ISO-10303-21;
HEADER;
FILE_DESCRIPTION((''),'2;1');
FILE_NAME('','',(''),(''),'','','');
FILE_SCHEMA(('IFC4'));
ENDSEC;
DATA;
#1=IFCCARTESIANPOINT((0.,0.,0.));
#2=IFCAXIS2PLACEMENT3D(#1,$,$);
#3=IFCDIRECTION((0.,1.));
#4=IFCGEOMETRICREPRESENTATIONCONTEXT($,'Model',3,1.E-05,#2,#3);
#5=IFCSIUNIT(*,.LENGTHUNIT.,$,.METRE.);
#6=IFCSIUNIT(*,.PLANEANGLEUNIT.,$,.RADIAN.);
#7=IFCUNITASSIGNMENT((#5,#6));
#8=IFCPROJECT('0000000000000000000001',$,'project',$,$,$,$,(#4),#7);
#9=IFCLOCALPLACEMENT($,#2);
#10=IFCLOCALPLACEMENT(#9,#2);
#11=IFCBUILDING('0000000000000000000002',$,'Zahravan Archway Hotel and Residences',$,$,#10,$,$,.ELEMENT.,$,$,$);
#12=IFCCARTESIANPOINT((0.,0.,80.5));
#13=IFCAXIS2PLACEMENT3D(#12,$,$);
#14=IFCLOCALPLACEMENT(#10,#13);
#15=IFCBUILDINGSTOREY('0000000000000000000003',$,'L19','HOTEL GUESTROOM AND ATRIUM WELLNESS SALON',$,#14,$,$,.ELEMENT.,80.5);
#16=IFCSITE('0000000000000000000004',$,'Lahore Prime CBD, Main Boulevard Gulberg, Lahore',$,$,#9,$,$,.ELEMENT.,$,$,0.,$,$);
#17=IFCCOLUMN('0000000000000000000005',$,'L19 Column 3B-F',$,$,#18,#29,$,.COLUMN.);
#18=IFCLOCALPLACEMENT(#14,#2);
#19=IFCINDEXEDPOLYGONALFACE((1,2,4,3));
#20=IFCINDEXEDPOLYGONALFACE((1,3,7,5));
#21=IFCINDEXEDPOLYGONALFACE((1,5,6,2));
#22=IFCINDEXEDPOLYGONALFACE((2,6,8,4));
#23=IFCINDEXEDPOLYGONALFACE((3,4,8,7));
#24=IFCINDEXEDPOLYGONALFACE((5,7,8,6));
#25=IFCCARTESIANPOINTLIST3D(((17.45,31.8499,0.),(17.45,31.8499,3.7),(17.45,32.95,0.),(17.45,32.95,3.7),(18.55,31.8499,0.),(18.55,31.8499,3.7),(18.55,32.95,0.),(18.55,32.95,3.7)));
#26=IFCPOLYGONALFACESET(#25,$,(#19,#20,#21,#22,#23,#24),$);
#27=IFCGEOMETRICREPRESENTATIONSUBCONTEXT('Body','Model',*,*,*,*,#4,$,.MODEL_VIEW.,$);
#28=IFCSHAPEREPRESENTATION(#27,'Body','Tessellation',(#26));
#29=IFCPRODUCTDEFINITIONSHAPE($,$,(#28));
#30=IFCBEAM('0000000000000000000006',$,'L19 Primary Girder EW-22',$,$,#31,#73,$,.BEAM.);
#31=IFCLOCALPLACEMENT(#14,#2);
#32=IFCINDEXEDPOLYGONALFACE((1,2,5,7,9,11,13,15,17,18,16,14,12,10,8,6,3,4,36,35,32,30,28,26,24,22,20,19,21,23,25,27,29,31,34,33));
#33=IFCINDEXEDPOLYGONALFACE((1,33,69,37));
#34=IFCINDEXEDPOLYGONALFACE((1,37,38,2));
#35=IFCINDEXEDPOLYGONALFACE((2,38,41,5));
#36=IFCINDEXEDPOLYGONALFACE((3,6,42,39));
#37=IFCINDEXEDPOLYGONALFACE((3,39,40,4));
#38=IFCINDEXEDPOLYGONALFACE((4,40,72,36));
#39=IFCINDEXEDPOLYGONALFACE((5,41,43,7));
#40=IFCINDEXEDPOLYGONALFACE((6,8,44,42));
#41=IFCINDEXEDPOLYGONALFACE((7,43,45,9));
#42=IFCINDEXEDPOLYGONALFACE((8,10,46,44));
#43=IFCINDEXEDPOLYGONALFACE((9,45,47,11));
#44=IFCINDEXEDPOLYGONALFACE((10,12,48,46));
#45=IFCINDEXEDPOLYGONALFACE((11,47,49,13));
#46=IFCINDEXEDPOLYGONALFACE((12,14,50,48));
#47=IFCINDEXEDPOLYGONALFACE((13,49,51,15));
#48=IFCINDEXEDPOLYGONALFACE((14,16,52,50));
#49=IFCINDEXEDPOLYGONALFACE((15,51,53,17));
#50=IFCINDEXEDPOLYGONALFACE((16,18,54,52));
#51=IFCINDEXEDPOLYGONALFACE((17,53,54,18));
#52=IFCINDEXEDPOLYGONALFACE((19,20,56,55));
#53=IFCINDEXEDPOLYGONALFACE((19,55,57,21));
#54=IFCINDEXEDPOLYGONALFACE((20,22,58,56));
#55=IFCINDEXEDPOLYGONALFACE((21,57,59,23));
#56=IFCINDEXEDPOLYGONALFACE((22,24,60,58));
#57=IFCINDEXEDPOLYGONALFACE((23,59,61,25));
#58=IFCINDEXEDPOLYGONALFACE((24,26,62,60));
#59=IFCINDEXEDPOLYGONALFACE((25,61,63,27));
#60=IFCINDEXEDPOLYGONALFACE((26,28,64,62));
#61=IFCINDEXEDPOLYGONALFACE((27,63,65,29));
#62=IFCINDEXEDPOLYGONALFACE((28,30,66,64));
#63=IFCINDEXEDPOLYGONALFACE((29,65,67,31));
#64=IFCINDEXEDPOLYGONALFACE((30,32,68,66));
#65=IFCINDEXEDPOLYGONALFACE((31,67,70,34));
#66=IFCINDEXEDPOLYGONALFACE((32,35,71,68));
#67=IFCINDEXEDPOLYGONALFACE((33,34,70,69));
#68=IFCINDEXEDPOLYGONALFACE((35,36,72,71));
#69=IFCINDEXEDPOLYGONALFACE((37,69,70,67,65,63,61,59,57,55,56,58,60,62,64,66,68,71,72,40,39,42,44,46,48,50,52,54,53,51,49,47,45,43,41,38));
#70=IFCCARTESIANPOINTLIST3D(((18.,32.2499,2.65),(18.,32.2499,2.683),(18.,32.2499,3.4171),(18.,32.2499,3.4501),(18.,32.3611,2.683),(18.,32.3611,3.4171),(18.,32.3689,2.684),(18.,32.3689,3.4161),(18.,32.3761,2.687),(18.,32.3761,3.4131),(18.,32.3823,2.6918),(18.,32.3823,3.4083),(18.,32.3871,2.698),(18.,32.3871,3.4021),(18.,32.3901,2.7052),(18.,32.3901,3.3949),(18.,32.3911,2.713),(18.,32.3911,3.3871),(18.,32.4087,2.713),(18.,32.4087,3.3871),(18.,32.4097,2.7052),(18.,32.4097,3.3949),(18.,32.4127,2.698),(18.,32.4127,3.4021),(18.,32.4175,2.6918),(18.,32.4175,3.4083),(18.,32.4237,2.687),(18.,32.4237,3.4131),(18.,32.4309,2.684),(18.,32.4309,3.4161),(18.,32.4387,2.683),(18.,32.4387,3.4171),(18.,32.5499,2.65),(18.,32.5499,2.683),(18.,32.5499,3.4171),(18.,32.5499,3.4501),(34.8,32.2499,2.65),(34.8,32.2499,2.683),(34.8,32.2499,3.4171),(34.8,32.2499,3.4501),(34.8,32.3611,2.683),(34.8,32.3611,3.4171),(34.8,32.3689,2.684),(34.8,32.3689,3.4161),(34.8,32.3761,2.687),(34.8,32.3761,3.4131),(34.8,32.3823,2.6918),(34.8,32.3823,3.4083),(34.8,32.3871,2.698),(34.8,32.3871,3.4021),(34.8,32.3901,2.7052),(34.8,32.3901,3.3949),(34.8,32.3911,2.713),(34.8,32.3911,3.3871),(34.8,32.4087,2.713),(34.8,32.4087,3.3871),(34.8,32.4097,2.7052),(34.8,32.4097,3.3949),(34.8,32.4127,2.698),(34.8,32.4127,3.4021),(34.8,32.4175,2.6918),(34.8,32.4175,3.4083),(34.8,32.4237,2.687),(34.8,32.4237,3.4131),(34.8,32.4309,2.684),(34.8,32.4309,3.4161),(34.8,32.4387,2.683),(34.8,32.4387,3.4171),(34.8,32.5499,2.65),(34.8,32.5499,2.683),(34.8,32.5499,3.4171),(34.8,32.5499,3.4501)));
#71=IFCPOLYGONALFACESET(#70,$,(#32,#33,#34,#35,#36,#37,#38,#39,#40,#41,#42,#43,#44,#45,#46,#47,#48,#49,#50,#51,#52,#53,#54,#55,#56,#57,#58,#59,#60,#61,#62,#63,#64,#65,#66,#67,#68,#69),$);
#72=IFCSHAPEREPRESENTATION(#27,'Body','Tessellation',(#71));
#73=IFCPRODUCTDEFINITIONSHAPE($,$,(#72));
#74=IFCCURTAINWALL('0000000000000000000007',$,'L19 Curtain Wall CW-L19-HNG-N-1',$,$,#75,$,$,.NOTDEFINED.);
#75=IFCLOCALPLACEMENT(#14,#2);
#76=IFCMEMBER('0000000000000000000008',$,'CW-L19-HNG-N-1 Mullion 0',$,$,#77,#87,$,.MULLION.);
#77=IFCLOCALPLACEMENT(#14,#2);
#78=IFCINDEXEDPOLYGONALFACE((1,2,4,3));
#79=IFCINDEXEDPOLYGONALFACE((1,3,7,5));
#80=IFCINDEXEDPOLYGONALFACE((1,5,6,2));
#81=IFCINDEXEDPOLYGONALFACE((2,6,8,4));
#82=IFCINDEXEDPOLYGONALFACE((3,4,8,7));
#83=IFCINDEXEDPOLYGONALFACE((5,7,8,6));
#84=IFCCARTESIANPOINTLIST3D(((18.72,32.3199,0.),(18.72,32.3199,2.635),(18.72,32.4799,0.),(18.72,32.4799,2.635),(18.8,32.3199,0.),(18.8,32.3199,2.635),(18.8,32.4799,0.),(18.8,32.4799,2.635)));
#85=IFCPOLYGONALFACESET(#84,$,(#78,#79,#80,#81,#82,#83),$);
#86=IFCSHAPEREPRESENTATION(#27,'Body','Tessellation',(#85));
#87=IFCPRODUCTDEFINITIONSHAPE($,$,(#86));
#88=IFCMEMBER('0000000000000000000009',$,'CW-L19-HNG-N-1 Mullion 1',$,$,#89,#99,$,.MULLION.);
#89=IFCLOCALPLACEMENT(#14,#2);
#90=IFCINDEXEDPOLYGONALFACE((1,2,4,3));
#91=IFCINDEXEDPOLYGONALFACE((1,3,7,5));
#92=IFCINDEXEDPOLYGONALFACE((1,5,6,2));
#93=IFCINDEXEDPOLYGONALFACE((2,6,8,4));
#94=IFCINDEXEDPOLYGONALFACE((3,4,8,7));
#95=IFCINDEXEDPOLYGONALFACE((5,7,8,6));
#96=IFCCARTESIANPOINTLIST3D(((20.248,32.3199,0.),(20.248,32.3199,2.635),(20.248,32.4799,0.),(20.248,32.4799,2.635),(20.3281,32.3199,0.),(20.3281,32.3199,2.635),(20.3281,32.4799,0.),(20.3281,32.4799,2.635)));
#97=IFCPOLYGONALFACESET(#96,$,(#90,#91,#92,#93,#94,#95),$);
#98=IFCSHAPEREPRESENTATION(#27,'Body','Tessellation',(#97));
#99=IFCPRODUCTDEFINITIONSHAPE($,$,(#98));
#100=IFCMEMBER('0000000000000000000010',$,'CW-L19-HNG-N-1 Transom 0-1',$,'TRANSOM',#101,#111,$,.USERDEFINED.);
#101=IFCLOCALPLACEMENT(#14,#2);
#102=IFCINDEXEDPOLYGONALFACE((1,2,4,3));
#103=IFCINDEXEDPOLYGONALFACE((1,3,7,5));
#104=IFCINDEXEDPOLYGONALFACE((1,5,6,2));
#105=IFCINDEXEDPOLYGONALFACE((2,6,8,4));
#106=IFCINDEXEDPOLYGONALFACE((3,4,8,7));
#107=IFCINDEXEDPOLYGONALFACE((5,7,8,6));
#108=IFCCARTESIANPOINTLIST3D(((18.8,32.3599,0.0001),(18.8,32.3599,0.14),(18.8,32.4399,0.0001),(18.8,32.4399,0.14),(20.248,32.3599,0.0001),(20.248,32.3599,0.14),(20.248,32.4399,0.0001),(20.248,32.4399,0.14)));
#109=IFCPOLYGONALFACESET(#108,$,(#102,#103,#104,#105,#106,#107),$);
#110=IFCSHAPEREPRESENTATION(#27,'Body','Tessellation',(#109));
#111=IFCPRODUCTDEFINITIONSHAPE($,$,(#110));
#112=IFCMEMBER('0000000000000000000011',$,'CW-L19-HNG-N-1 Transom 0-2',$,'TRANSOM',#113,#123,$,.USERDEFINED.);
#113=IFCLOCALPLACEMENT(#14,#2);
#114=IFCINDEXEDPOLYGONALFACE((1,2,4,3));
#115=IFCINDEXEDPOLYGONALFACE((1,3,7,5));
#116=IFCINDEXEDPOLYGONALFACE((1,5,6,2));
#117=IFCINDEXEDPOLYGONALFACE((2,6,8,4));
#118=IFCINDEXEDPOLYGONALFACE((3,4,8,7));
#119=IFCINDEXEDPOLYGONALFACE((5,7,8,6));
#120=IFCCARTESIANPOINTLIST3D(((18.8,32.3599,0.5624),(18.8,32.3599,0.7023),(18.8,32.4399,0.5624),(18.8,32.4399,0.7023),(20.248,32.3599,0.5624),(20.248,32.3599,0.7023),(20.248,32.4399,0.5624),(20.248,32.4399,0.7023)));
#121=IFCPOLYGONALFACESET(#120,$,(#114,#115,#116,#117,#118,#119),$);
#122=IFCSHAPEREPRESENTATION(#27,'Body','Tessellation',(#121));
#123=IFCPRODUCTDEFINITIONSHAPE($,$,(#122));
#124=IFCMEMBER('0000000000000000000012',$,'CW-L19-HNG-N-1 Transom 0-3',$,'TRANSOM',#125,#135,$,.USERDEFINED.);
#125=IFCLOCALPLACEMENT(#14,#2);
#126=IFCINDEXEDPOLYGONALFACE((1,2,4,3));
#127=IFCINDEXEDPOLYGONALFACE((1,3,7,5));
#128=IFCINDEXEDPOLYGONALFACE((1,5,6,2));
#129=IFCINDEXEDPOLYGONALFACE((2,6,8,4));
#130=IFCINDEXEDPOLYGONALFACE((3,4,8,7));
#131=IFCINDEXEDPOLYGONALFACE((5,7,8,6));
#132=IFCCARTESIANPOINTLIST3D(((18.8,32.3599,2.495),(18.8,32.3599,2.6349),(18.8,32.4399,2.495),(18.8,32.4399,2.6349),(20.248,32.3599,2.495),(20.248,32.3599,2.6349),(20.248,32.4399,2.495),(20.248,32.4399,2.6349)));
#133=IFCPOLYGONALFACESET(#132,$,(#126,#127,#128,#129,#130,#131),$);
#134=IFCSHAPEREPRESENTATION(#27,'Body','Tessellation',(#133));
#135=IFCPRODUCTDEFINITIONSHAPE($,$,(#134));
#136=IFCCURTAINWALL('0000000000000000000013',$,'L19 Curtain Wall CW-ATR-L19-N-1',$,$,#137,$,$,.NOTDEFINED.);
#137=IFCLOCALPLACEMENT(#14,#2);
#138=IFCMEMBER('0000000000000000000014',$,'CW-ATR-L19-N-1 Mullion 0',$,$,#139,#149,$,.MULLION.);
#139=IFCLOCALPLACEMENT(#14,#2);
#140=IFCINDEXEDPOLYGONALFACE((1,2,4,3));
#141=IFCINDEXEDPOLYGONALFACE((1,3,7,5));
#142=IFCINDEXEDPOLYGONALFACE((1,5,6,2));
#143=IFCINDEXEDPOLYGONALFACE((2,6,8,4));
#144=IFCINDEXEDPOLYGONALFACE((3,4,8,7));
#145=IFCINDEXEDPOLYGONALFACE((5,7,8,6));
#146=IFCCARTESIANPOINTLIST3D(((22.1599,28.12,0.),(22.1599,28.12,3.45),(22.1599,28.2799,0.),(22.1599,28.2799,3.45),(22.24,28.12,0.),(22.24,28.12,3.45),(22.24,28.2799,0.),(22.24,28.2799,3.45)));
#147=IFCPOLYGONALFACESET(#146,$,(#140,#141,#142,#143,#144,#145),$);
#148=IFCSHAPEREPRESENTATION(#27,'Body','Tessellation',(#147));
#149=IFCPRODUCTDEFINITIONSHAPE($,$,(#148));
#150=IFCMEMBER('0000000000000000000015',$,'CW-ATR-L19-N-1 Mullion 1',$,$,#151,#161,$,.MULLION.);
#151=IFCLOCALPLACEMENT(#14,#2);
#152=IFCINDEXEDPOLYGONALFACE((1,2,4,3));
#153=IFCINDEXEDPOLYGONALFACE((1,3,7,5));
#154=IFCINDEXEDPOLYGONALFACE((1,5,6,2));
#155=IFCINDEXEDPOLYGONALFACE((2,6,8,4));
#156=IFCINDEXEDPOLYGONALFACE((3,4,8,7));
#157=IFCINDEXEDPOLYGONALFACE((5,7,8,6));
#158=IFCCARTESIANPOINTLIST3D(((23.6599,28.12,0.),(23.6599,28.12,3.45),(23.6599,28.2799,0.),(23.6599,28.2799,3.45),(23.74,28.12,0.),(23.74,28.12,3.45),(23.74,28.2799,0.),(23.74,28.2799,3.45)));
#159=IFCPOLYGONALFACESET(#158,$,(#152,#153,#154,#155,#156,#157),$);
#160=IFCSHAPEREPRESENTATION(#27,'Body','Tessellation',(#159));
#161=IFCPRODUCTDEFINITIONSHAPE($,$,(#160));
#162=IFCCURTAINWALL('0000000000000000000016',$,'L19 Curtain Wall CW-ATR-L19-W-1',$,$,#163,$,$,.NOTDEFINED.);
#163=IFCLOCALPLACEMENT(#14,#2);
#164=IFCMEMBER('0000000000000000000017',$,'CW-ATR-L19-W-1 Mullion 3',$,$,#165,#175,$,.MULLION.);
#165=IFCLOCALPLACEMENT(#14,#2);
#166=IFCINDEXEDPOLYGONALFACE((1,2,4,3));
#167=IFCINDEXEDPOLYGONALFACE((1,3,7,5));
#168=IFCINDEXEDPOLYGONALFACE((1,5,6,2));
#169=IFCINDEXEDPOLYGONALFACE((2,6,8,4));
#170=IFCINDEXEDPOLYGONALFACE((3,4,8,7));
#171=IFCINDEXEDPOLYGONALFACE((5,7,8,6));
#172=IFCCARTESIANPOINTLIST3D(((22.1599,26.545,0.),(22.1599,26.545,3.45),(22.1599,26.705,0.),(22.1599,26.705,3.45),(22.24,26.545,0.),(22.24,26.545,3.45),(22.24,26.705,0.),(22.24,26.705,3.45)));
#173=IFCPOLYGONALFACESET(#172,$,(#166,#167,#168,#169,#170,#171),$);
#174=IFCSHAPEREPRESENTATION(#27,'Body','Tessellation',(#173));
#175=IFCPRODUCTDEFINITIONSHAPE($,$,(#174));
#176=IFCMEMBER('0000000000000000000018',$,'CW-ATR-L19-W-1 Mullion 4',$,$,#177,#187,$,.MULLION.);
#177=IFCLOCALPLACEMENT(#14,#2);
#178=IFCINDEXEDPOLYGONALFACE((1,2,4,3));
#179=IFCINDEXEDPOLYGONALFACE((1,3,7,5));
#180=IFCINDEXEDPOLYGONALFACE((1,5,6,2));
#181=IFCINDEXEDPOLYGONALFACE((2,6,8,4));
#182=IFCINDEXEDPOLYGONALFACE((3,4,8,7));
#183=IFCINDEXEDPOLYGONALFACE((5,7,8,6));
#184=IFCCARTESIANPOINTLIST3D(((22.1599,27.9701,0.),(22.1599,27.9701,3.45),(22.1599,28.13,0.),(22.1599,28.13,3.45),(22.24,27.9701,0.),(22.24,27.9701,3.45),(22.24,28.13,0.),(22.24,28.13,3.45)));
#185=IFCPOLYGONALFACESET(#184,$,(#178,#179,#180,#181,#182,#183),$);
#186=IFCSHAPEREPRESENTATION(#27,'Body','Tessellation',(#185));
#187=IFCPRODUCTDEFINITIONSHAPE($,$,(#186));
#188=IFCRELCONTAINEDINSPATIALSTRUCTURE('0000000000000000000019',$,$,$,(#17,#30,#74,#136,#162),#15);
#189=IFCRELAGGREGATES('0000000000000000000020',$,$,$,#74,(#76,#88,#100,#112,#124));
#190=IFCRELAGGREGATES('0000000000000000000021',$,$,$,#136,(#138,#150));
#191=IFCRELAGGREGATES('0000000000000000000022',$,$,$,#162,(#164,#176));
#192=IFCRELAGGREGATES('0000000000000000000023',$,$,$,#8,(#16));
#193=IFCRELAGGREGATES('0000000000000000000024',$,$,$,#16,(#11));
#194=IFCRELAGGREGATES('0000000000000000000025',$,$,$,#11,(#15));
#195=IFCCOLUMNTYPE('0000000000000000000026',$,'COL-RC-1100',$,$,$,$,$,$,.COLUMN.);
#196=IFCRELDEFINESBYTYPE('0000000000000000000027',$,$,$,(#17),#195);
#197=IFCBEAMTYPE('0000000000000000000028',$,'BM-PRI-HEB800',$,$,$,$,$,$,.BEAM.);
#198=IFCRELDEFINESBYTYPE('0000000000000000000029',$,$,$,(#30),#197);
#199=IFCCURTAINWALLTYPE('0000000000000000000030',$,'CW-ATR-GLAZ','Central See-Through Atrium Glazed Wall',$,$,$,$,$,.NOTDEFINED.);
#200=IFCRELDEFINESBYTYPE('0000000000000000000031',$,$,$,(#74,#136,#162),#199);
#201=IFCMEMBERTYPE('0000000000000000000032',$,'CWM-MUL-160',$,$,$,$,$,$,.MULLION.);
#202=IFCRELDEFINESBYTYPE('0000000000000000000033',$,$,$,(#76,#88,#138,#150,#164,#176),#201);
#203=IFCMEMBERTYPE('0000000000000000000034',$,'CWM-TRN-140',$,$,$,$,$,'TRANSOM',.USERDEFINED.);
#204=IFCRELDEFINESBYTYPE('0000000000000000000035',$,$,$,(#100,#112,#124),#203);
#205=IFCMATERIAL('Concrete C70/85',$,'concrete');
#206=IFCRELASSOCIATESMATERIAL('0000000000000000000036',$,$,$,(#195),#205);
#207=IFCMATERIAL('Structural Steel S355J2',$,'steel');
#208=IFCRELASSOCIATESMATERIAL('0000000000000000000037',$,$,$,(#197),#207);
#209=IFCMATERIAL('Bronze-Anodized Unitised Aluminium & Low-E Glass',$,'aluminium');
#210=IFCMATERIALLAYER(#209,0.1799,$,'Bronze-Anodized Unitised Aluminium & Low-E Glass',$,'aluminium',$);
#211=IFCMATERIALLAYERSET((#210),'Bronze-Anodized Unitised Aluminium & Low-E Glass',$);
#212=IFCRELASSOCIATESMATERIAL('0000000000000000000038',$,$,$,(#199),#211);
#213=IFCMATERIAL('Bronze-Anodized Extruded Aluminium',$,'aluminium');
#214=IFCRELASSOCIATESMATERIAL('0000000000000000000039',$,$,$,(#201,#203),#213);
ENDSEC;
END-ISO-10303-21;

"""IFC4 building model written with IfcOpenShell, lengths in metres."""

from ifc_helpers import new_model, si_unit, direction, frame, origin, origin_2d, place, context, subcontext, project, spatial, rectangle, i_section, extrude, source, transform, mapped, material, layer, layer_set, material_profile, profile_set, type_object, type_shapes, element, aggregate, save


model = new_model("IFC4")

# Units and contexts
model_context = context("Model", 3, precision=1e-05, world=origin(), true_north=direction((0.0, 1.0)))
body_context = subcontext(model_context, "Body", "Model", "MODEL_VIEW")
ifc_project = project(units=[si_unit("LENGTHUNIT", "METRE"), si_unit("PLANEANGLEUNIT", "RADIAN")], contexts=[model_context])

# Site, building, storey
site_placement = place(None, origin())
site = spatial("IfcSite", under=ifc_project, at=site_placement, Name="Lahore Prime CBD, Main Boulevard Gulberg, Lahore", CompositionType="ELEMENT", RefElevation=0.0)
building_placement = place(site_placement, origin())
building = spatial("IfcBuilding", under=site, at=building_placement, Name="Zahravan Archway Hotel and Residences", CompositionType="ELEMENT")
storey_placement = place(building_placement, frame((0.0, 0.0, 80.5)))
storey = spatial("IfcBuildingStorey", under=building, at=storey_placement, Name="L19", Description="HOTEL GUESTROOM AND ATRIUM WELLNESS SALON", CompositionType="ELEMENT", Elevation=80.5)

# Column
ifc_material_1 = material(Name="Concrete C70/85", Category="concrete")
ifc_material_profile_1 = material_profile(ifc_material_1, rectangle(XDim=1.1001, YDim=1.1001, at=origin_2d()), Name="RC 1100x1100", Category="concrete")
ifc_profile_set_1 = profile_set([ifc_material_profile_1], Name="Concrete C70/85")
column_type = type_object("IfcColumnType", Name="COL-RC-1100", PredefinedType="COLUMN", material=ifc_profile_set_1)
shared_shape_1 = source(origin(), body_context, "Body", "SweptSolid", [
    extrude(rectangle(XDim=1.1001, YDim=1.1001, at=origin_2d()), origin(), (0.0, 0.0, 1.0), 3.7),
])
column_placement = place(storey_placement, frame((18.0, 32.3999, 0.0), z_axis=(0.0, 0.0, 1.0), x_axis=(1.0, 0.0, 0.0)))
element("IfcColumn", 1, at=column_placement, inside=storey, type_object=column_type, Name="L19 Column 3B-F", PredefinedType="COLUMN", context=body_context, shape_type="MappedRepresentation", body=[
    mapped(shared_shape_1, transform((0.0, 0.0, 0.0), scale=1.0)),
])

# Beam
ifc_material_2 = material(Name="Structural Steel S355J2", Category="steel")
ifc_material_profile_2 = material_profile(ifc_material_2, i_section(OverallWidth=0.3, OverallDepth=0.8, WebThickness=0.0176, FlangeThickness=0.033, FilletRadius=0.03, at=origin_2d()), Name="HEB 800", Category="steel")
ifc_profile_set_2 = profile_set([ifc_material_profile_2], Name="Structural Steel S355J2")
beam_type = type_object("IfcBeamType", Name="BM-PRI-HEB800", PredefinedType="BEAM", material=ifc_profile_set_2)
shared_shape_2 = source(origin(), body_context, "Body", "SweptSolid", [
    extrude(i_section(OverallWidth=0.3, OverallDepth=0.8, WebThickness=0.0176, FlangeThickness=0.033, FilletRadius=0.03, at=origin_2d()), origin(), (0.0, 0.0, 1.0), 16.8),
])
type_shapes(beam_type, [shared_shape_2])
beam_placement = place(storey_placement, frame((18.0, 32.3999, 3.05), z_axis=(1.0, 0.0, 0.0), x_axis=(0.0, 1.0, 0.0)))
element("IfcBeam", 2, at=beam_placement, inside=storey, type_object=beam_type, Name="L19 Primary Girder EW-22", PredefinedType="BEAM", context=body_context, shape_type="MappedRepresentation", body=[
    mapped(shared_shape_2, transform((0.0, 0.0, 0.0), scale=1.0)),
])

# Curtain walls, members
ifc_material_3 = material(Name="Bronze-Anodized Unitised Aluminium & Low-E Glass", Category="aluminium")
ifc_layer_1 = layer(ifc_material_3, 0.1799, Name="Bronze-Anodized Unitised Aluminium & Low-E Glass", Category="aluminium")
ifc_layer_set_1 = layer_set([ifc_layer_1], Name="Bronze-Anodized Unitised Aluminium & Low-E Glass")
curtain_wall_type = type_object("IfcCurtainWallType", Name="CW-ATR-GLAZ", Description="Central See-Through Atrium Glazed Wall", PredefinedType="NOTDEFINED", material=ifc_layer_set_1)
curtain_wall_1_placement = place(storey_placement, origin())
curtain_wall_1 = element("IfcCurtainWall", 3, at=curtain_wall_1_placement, inside=storey, type_object=curtain_wall_type, Name="L19 Curtain Wall CW-L19-HNG-N-1", PredefinedType="NOTDEFINED")
ifc_material_4 = material(Name="Bronze-Anodized Extruded Aluminium", Category="aluminium")
ifc_material_profile_3 = material_profile(ifc_material_4, rectangle(XDim=0.0801, YDim=0.1599, at=origin_2d()), Name="MUL 80x160", Category="aluminium")
ifc_profile_set_3 = profile_set([ifc_material_profile_3], Name="Bronze-Anodized Extruded Aluminium")
member_type_1 = type_object("IfcMemberType", Name="CWM-MUL-160", PredefinedType="MULLION", material=ifc_profile_set_3)
shared_shape_3 = source(origin(), body_context, "Body", "SweptSolid", [
    extrude(rectangle(XDim=0.0801, YDim=0.1599, at=origin_2d()), origin(), (0.0, 0.0, 1.0), 2.635),
])
member_1_placement = place(storey_placement, frame((18.76, 32.3999, 0.0), z_axis=(0.0, 0.0, 1.0), x_axis=(1.0, 0.0, 0.0)))
member_1 = element("IfcMember", 4, at=member_1_placement, type_object=member_type_1, Name="CW-L19-HNG-N-1 Mullion 0", PredefinedType="MULLION", context=body_context, shape_type="MappedRepresentation", body=[
    mapped(shared_shape_3, transform((0.0, 0.0, 0.0), scale=1.0)),
])
member_2_placement = place(storey_placement, frame((20.2881, 32.3999, 0.0), z_axis=(0.0, 0.0, 1.0), x_axis=(1.0, 0.0, 0.0)))
member_2 = element("IfcMember", 5, at=member_2_placement, type_object=member_type_1, Name="CW-L19-HNG-N-1 Mullion 1", PredefinedType="MULLION", context=body_context, shape_type="MappedRepresentation", body=[
    mapped(shared_shape_3, transform((0.0, 0.0, 0.0), scale=1.0)),
])
ifc_material_profile_4 = material_profile(ifc_material_4, rectangle(XDim=0.0801, YDim=0.1399, at=origin_2d()), Name="TRN 80x140", Category="aluminium")
ifc_profile_set_4 = profile_set([ifc_material_profile_4], Name="Bronze-Anodized Extruded Aluminium")
member_type_2 = type_object("IfcMemberType", Name="CWM-TRN-140", ElementType="TRANSOM", PredefinedType="USERDEFINED", material=ifc_profile_set_4)
shared_shape_4 = source(origin(), body_context, "Body", "SweptSolid", [
    extrude(rectangle(XDim=0.0801, YDim=0.1399, at=origin_2d()), origin(), (0.0, 0.0, 1.0), 1.448),
])
member_3_placement = place(storey_placement, frame((18.8, 32.3999, 0.0701), z_axis=(1.0, 0.0, 0.0), x_axis=(0.0, 1.0, 0.0)))
member_3 = element("IfcMember", 6, at=member_3_placement, type_object=member_type_2, Name="CW-L19-HNG-N-1 Transom 0-1", ObjectType="TRANSOM", PredefinedType="USERDEFINED", context=body_context, shape_type="MappedRepresentation", body=[
    mapped(shared_shape_4, transform((0.0, 0.0, 0.0), scale=1.0)),
])
member_4_placement = place(storey_placement, frame((18.8, 32.3999, 0.6323), z_axis=(1.0, 0.0, 0.0), x_axis=(0.0, 1.0, 0.0)))
member_4 = element("IfcMember", 7, at=member_4_placement, type_object=member_type_2, Name="CW-L19-HNG-N-1 Transom 0-2", ObjectType="TRANSOM", PredefinedType="USERDEFINED", context=body_context, shape_type="MappedRepresentation", body=[
    mapped(shared_shape_4, transform((0.0, 0.0, 0.0), scale=1.0)),
])
member_5_placement = place(storey_placement, frame((18.8, 32.3999, 2.5649), z_axis=(1.0, 0.0, 0.0), x_axis=(0.0, 1.0, 0.0)))
member_5 = element("IfcMember", 8, at=member_5_placement, type_object=member_type_2, Name="CW-L19-HNG-N-1 Transom 0-3", ObjectType="TRANSOM", PredefinedType="USERDEFINED", context=body_context, shape_type="MappedRepresentation", body=[
    mapped(shared_shape_4, transform((0.0, 0.0, 0.0), scale=1.0)),
])
curtain_wall_2_placement = place(storey_placement, origin())
curtain_wall_2 = element("IfcCurtainWall", 9, at=curtain_wall_2_placement, inside=storey, type_object=curtain_wall_type, Name="L19 Curtain Wall CW-ATR-L19-N-1", PredefinedType="NOTDEFINED")
shared_shape_5 = source(origin(), body_context, "Body", "SweptSolid", [
    extrude(rectangle(XDim=0.0801, YDim=0.1599, at=origin_2d()), origin(), (0.0, 0.0, 1.0), 3.45),
])
member_6_placement = place(storey_placement, frame((22.2, 28.2, 0.0), z_axis=(0.0, 0.0, 1.0), x_axis=(1.0, 0.0, 0.0)))
member_6 = element("IfcMember", 10, at=member_6_placement, type_object=member_type_1, Name="CW-ATR-L19-N-1 Mullion 0", PredefinedType="MULLION", context=body_context, shape_type="MappedRepresentation", body=[
    mapped(shared_shape_5, transform((0.0, 0.0, 0.0), scale=1.0)),
])
member_7_placement = place(storey_placement, frame((23.7, 28.2, 0.0), z_axis=(0.0, 0.0, 1.0), x_axis=(1.0, 0.0, 0.0)))
member_7 = element("IfcMember", 11, at=member_7_placement, type_object=member_type_1, Name="CW-ATR-L19-N-1 Mullion 1", PredefinedType="MULLION", context=body_context, shape_type="MappedRepresentation", body=[
    mapped(shared_shape_5, transform((0.0, 0.0, 0.0), scale=1.0)),
])
curtain_wall_3_placement = place(storey_placement, origin())
curtain_wall_3 = element("IfcCurtainWall", 12, at=curtain_wall_3_placement, inside=storey, type_object=curtain_wall_type, Name="L19 Curtain Wall CW-ATR-L19-W-1", PredefinedType="NOTDEFINED")
member_8_placement = place(storey_placement, frame((22.2, 26.625, 0.0), z_axis=(0.0, 0.0, 1.0), x_axis=(1.0, 0.0, 0.0)))
member_8 = element("IfcMember", 13, at=member_8_placement, type_object=member_type_1, Name="CW-ATR-L19-W-1 Mullion 3", PredefinedType="MULLION", context=body_context, shape_type="MappedRepresentation", body=[
    mapped(shared_shape_5, transform((0.0, 0.0, 0.0), scale=1.0)),
])
member_9_placement = place(storey_placement, frame((22.2, 28.05, 0.0), z_axis=(0.0, 0.0, 1.0), x_axis=(1.0, 0.0, 0.0)))
member_9 = element("IfcMember", 14, at=member_9_placement, type_object=member_type_1, Name="CW-ATR-L19-W-1 Mullion 4", PredefinedType="MULLION", context=body_context, shape_type="MappedRepresentation", body=[
    mapped(shared_shape_5, transform((0.0, 0.0, 0.0), scale=1.0)),
])

aggregate(curtain_wall_1, [member_1, member_2, member_3, member_4, member_5])
aggregate(curtain_wall_2, [member_6, member_7])
aggregate(curtain_wall_3, [member_8, member_9])

save(model, "model.ifc")
